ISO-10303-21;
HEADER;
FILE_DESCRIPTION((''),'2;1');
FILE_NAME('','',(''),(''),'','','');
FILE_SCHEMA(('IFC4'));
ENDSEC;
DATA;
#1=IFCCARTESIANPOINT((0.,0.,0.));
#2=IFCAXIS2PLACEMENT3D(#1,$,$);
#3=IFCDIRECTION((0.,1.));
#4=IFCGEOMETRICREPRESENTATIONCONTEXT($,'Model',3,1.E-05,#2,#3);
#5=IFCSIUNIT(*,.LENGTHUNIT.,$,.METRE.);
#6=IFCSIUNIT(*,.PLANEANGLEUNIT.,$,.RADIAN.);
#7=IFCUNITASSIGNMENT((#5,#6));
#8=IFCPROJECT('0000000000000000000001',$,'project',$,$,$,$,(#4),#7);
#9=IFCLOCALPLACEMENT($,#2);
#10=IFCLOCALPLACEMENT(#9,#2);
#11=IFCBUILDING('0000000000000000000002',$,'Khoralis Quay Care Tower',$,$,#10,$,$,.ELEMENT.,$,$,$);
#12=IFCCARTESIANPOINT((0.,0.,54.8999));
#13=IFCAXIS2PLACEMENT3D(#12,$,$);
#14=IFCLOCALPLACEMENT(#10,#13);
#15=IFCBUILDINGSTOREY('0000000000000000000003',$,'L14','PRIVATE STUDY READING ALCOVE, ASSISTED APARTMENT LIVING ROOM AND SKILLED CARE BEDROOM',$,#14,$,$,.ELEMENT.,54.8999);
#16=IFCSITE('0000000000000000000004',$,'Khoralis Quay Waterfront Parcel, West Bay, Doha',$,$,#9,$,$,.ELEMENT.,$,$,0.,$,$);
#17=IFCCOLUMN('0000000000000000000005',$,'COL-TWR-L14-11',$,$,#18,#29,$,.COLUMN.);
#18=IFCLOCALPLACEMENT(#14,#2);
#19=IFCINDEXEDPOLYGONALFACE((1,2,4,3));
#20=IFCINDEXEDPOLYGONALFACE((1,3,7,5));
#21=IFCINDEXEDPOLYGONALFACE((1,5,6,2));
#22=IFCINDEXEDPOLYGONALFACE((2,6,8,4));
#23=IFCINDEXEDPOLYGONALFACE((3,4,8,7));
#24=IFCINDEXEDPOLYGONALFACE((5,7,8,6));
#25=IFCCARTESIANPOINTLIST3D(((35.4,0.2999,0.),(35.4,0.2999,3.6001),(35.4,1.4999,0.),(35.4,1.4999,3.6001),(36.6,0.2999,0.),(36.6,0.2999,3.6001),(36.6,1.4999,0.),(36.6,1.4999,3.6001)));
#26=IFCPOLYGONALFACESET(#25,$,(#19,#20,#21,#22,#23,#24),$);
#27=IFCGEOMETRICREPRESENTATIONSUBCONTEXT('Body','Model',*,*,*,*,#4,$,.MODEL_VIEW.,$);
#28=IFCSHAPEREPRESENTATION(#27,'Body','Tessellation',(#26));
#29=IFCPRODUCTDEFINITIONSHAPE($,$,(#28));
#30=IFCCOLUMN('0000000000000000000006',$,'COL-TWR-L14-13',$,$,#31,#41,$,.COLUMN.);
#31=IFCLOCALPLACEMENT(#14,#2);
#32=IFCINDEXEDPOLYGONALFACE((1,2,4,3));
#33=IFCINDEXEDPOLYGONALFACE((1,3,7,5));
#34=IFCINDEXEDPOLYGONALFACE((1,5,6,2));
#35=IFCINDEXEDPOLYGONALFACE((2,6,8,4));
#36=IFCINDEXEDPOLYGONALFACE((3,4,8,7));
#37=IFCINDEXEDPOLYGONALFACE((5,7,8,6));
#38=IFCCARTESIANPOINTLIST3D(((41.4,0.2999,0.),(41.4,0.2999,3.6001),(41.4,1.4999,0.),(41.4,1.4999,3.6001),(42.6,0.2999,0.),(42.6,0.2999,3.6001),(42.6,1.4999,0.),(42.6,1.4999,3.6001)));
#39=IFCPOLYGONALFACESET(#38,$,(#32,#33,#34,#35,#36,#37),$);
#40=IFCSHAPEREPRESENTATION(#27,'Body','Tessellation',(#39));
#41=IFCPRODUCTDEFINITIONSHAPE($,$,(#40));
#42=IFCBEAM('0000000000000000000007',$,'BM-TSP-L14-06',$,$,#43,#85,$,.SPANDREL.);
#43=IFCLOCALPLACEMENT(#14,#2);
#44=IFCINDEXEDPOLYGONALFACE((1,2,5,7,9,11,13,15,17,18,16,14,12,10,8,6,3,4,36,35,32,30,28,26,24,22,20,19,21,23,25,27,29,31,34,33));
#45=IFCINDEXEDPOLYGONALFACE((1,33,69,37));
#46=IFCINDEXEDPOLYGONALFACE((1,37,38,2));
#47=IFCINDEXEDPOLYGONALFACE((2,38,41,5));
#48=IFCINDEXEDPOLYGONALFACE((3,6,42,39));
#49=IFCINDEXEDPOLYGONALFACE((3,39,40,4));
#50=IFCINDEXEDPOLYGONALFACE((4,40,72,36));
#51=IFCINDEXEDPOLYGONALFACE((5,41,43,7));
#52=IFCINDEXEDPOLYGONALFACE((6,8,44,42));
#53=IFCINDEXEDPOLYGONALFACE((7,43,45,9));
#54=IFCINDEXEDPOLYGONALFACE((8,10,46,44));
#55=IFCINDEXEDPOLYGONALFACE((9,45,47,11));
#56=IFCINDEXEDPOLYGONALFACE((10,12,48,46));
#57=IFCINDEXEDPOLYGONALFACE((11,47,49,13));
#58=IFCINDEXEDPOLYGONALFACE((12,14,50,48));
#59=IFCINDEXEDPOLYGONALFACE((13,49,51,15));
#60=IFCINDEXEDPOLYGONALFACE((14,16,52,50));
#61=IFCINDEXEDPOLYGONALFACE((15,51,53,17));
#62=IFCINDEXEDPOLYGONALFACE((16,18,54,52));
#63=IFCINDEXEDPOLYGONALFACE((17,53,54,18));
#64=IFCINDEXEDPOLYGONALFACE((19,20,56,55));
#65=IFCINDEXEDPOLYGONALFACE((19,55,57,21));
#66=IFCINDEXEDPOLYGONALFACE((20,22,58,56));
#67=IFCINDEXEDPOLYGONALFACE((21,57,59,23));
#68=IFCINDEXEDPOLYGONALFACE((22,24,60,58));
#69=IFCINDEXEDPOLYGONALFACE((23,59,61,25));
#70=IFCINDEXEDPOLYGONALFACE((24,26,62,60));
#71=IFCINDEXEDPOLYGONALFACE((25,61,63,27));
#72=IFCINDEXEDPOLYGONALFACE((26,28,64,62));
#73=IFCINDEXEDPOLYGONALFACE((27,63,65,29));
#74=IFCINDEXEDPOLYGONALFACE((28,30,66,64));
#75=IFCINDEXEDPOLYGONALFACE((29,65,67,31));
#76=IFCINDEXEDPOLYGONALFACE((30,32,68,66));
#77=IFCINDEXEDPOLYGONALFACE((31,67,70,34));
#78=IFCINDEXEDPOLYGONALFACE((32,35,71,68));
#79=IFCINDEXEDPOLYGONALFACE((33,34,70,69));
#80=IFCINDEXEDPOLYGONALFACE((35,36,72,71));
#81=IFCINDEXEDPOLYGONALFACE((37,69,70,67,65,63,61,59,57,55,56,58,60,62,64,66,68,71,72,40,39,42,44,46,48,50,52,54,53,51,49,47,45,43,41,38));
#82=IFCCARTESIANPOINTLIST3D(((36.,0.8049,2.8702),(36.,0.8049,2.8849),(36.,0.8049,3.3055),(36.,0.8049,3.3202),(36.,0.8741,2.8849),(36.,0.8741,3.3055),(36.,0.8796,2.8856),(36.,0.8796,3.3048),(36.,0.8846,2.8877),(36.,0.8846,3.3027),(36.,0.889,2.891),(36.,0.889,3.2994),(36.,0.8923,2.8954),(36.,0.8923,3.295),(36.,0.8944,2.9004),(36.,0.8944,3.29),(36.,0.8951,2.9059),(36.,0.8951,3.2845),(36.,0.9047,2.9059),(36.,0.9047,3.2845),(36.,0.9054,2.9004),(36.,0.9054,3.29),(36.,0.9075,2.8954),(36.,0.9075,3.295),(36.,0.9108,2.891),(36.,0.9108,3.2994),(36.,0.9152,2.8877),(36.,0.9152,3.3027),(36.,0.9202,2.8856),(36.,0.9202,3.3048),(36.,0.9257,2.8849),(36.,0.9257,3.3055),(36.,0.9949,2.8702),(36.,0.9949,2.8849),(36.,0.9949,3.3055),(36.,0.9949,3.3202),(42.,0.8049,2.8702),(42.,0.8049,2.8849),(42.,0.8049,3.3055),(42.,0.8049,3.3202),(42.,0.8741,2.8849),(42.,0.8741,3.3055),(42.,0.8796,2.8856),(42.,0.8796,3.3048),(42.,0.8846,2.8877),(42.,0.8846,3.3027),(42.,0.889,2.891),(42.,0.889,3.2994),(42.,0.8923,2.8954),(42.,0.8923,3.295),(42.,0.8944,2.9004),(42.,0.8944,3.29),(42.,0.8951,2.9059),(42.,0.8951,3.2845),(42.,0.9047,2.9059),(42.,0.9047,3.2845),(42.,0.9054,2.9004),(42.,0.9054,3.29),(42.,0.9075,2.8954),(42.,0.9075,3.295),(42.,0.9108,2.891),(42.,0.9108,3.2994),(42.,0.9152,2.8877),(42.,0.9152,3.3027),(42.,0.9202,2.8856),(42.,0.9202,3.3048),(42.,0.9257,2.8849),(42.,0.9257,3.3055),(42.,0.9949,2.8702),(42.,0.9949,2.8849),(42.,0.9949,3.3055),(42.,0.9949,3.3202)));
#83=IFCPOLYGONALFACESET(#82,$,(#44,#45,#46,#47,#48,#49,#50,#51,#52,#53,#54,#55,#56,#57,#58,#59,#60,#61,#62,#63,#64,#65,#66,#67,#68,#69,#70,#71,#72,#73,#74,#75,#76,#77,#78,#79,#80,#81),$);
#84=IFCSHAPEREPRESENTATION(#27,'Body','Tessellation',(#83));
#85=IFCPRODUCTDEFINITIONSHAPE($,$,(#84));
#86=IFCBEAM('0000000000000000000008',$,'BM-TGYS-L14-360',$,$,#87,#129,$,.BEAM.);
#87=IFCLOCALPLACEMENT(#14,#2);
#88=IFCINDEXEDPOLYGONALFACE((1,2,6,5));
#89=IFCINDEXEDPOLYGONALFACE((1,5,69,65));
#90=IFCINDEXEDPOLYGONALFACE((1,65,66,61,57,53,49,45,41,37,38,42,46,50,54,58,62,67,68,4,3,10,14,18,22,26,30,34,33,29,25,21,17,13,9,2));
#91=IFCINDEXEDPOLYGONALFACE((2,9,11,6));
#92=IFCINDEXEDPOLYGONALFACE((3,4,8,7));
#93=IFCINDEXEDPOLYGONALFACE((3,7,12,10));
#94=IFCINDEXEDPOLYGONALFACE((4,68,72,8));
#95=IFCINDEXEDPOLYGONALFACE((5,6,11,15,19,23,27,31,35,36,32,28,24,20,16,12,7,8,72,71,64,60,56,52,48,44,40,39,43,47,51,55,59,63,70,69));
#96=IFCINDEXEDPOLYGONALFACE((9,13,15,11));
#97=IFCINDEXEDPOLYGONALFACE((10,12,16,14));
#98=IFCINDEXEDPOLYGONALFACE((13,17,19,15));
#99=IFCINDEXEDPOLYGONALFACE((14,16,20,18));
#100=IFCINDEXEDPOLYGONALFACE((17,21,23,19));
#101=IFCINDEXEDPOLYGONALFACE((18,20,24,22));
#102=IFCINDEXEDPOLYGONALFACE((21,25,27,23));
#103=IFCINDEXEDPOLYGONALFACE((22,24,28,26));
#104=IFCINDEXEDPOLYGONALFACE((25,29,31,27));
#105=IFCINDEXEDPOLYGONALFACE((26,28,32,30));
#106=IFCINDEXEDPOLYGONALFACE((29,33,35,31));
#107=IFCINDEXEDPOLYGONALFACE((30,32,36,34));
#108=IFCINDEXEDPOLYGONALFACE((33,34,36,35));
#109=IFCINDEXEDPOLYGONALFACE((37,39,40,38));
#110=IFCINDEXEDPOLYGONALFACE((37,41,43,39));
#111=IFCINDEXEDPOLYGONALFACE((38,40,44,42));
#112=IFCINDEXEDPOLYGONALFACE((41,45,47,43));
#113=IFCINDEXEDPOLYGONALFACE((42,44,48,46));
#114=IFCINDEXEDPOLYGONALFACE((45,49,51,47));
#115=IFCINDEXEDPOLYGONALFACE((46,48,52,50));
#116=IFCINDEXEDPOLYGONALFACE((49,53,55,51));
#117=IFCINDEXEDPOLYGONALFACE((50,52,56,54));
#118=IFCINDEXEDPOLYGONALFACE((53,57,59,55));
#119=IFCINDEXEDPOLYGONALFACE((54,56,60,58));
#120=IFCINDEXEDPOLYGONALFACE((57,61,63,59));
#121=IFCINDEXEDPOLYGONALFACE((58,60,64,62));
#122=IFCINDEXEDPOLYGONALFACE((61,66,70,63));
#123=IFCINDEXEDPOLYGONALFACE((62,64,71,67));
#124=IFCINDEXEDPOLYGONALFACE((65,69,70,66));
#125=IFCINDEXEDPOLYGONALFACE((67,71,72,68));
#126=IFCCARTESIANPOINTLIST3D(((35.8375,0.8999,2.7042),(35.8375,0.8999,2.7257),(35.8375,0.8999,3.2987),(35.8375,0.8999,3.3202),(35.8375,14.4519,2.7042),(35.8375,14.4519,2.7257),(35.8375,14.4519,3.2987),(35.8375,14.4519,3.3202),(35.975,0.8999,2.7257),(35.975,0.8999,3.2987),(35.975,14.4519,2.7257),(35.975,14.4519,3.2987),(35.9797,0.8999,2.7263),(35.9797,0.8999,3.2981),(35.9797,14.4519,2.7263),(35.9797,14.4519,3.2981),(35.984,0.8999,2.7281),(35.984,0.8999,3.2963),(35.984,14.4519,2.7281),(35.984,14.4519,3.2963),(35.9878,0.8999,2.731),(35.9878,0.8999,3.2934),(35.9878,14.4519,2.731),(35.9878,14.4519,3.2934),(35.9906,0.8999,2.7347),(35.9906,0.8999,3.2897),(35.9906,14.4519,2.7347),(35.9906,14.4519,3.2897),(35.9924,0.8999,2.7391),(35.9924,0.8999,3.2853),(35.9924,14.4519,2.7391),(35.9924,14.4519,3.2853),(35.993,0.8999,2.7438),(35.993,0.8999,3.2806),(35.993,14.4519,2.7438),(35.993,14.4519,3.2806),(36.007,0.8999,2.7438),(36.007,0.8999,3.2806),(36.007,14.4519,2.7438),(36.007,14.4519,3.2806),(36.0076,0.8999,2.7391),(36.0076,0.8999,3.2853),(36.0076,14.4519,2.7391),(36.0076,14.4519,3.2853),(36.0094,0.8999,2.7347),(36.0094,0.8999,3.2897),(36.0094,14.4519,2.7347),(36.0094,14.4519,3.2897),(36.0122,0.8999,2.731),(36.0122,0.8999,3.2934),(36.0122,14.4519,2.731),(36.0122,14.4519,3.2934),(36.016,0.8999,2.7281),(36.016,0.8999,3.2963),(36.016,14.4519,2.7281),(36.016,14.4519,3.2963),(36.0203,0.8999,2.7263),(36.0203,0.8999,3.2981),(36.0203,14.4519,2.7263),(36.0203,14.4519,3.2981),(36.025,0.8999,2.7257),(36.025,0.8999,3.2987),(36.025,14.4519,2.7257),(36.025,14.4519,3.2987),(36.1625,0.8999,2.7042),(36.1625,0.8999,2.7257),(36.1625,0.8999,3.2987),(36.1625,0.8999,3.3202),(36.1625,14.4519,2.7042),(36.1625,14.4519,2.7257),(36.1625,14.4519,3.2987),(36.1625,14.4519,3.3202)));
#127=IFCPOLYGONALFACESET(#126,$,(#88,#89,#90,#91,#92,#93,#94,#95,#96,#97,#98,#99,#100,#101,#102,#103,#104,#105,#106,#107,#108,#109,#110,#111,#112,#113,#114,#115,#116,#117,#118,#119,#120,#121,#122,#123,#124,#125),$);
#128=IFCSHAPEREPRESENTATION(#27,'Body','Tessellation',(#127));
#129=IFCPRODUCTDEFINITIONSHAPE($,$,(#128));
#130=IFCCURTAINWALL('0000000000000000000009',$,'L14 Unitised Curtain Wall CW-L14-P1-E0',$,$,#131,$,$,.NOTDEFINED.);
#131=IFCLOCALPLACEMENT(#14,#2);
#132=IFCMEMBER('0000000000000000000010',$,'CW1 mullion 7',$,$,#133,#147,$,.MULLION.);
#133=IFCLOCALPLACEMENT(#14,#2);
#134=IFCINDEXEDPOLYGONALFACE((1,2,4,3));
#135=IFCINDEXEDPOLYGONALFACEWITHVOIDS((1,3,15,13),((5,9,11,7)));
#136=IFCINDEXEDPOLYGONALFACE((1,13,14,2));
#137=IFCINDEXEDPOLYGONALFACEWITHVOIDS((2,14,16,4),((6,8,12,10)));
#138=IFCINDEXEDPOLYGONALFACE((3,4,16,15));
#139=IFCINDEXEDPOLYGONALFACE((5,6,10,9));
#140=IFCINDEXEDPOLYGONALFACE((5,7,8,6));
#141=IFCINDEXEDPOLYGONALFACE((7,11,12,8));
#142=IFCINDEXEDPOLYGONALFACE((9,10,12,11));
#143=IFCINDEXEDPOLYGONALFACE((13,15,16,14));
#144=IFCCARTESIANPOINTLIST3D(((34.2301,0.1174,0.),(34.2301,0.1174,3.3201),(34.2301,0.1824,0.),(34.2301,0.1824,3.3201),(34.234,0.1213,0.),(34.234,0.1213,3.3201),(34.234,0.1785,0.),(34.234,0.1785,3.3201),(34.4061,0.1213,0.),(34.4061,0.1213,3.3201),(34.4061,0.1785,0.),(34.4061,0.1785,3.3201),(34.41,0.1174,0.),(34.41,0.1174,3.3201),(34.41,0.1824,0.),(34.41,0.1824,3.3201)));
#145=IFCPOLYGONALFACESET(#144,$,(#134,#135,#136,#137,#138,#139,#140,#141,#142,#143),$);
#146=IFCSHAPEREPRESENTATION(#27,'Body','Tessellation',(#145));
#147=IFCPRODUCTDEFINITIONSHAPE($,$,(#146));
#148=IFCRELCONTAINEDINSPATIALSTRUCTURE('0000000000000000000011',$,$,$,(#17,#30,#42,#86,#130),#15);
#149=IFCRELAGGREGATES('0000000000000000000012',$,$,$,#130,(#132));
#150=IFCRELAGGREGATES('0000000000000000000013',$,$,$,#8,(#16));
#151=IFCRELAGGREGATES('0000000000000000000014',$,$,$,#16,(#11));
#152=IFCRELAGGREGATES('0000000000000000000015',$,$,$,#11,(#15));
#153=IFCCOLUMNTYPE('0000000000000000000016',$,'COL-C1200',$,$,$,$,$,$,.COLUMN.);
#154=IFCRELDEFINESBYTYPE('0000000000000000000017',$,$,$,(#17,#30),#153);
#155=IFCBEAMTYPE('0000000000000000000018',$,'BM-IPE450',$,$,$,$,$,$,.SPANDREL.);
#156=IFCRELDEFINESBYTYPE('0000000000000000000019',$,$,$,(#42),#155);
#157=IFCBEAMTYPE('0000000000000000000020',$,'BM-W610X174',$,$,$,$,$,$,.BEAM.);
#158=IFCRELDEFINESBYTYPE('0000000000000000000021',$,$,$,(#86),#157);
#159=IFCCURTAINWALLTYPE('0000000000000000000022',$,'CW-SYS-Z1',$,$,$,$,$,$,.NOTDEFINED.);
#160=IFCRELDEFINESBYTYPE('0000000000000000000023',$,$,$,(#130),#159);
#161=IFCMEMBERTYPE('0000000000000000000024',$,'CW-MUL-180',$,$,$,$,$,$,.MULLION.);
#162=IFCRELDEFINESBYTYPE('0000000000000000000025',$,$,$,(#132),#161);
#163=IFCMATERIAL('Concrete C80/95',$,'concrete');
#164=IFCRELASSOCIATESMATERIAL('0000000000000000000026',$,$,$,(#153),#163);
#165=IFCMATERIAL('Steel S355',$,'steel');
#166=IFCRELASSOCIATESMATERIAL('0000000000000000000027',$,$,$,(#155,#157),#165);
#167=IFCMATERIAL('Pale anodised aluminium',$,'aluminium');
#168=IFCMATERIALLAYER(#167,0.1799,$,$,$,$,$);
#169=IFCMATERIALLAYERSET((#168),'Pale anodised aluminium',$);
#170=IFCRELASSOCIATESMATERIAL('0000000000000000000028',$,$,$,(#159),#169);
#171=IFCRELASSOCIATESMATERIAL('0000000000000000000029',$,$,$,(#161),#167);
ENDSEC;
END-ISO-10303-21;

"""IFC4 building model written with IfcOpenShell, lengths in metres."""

from ifc_helpers import new_model, si_unit, direction, frame, origin, origin_2d, place, context, subcontext, project, spatial, rectangle, hollow_rectangle, i_section, extrude, source, transform, mapped, material, layer, layer_set, material_profile, profile_set, type_object, element, aggregate, save


model = new_model("IFC4")

# Units and contexts
model_context = context("Model", 3, precision=1e-05, world=origin(), true_north=direction((0.0, 1.0)))
body_context = subcontext(model_context, "Body", "Model", "MODEL_VIEW")
ifc_project = project(units=[si_unit("LENGTHUNIT", "METRE"), si_unit("PLANEANGLEUNIT", "RADIAN")], contexts=[model_context])

# Site, building, storey
site_placement = place(None, origin())
site = spatial("IfcSite", under=ifc_project, at=site_placement, Name="Khoralis Quay Waterfront Parcel, West Bay, Doha", CompositionType="ELEMENT", RefElevation=0.0)
building_placement = place(site_placement, origin())
building = spatial("IfcBuilding", under=site, at=building_placement, Name="Khoralis Quay Care Tower", CompositionType="ELEMENT")
storey_placement = place(building_placement, frame((0.0, 0.0, 54.8999)))
storey = spatial("IfcBuildingStorey", under=building, at=storey_placement, Name="L14", Description="PRIVATE STUDY READING ALCOVE, ASSISTED APARTMENT LIVING ROOM AND SKILLED CARE BEDROOM", CompositionType="ELEMENT", Elevation=54.8999)

# Columns
ifc_material_1 = material(Name="Concrete C80/95", Category="concrete")
ifc_material_profile_1 = material_profile(ifc_material_1, rectangle(XDim=1.2, YDim=1.2, at=origin_2d()), Name="Concrete C80/95")
ifc_profile_set_1 = profile_set([ifc_material_profile_1], Name="Concrete C80/95")
column_type = type_object("IfcColumnType", Name="COL-C1200", PredefinedType="COLUMN", material=ifc_profile_set_1)
shared_shape_1 = source(origin(), body_context, "Body", "SweptSolid", [
    extrude(rectangle(XDim=1.2, YDim=1.2, at=origin_2d()), origin(), (0.0, 0.0, 1.0), 3.6001),
])
for number, where, z_axis, x_axis, name in (
    (1, (36.0, 0.8999, 0.0), (0.0, 0.0, 1.0), (1.0, 0.0, 0.0), "COL-TWR-L14-11"),
    (2, (42.0, 0.8999, 0.0), (0.0, 0.0, 1.0), (1.0, 0.0, 0.0), "COL-TWR-L14-13"),
):
    element("IfcColumn", number, at=place(storey_placement, frame(where, z_axis=z_axis, x_axis=x_axis)), inside=storey, type_object=column_type, Name=name, PredefinedType="COLUMN", context=body_context, shape_type="MappedRepresentation", body=[
        mapped(shared_shape_1, transform((0.0, 0.0, 0.0), scale=1.0)),
    ])

# Beams
ifc_material_2 = material(Name="Steel S355", Category="steel")
ifc_material_profile_2 = material_profile(ifc_material_2, i_section(OverallWidth=0.1899, OverallDepth=0.45, WebThickness=0.0095, FlangeThickness=0.0146, FilletRadius=0.021, at=origin_2d()), Name="Steel S355")
ifc_profile_set_2 = profile_set([ifc_material_profile_2], Name="Steel S355")
beam_type_1 = type_object("IfcBeamType", Name="BM-IPE450", PredefinedType="SPANDREL", material=ifc_profile_set_2)
shared_shape_2 = source(origin(), body_context, "Body", "SweptSolid", [
    extrude(i_section(OverallWidth=0.1899, OverallDepth=0.45, WebThickness=0.0095, FlangeThickness=0.0146, FilletRadius=0.021, at=origin_2d()), origin(), (0.0, 0.0, 1.0), 6.0),
])
beam_1_placement = place(storey_placement, frame((36.0, 0.8999, 3.0952), z_axis=(1.0, 0.0, 0.0), x_axis=(0.0, 1.0, 0.0)))
element("IfcBeam", 3, at=beam_1_placement, inside=storey, type_object=beam_type_1, Name="BM-TSP-L14-06", PredefinedType="SPANDREL", context=body_context, shape_type="MappedRepresentation", body=[
    mapped(shared_shape_2, transform((0.0, 0.0, 0.0), scale=1.0)),
])
ifc_material_profile_3 = material_profile(ifc_material_2, i_section(OverallWidth=0.325, OverallDepth=0.616, WebThickness=0.0139, FlangeThickness=0.0215, FilletRadius=0.0181, at=origin_2d()), Name="Steel S355")
ifc_profile_set_3 = profile_set([ifc_material_profile_3], Name="Steel S355")
beam_type_2 = type_object("IfcBeamType", Name="BM-W610X174", PredefinedType="BEAM", material=ifc_profile_set_3)
shared_shape_3 = source(origin(), body_context, "Body", "SweptSolid", [
    extrude(i_section(OverallWidth=0.325, OverallDepth=0.616, WebThickness=0.0139, FlangeThickness=0.0215, FilletRadius=0.0181, at=origin_2d()), origin(), (0.0, 0.0, 1.0), 13.552),
])
beam_2_placement = place(storey_placement, frame((36.0, 0.8999, 3.0122), z_axis=(0.0, 1.0, 0.0), x_axis=(-1.0, 0.0, 0.0)))
element("IfcBeam", 4, at=beam_2_placement, inside=storey, type_object=beam_type_2, Name="BM-TGYS-L14-360", PredefinedType="BEAM", context=body_context, shape_type="MappedRepresentation", body=[
    mapped(shared_shape_3, transform((0.0, 0.0, 0.0), scale=1.0)),
])

# Curtain wall, member
ifc_material_3 = material(Name="Pale anodised aluminium", Category="aluminium")
ifc_layer_1 = layer(ifc_material_3, 0.1799)
ifc_layer_set_1 = layer_set([ifc_layer_1], Name="Pale anodised aluminium")
curtain_wall_type = type_object("IfcCurtainWallType", Name="CW-SYS-Z1", PredefinedType="NOTDEFINED", material=ifc_layer_set_1)
curtain_wall_placement = place(storey_placement, origin())
curtain_wall = element("IfcCurtainWall", 5, at=curtain_wall_placement, inside=storey, type_object=curtain_wall_type, Name="L14 Unitised Curtain Wall CW-L14-P1-E0", PredefinedType="NOTDEFINED")
ifc_material_profile_4 = material_profile(ifc_material_3, hollow_rectangle(XDim=0.0649, YDim=0.1799, WallThickness=0.0039, at=origin_2d()), Name="Pale anodised aluminium")
ifc_profile_set_4 = profile_set([ifc_material_profile_4], Name="Pale anodised aluminium")
member_type = type_object("IfcMemberType", Name="CW-MUL-180", PredefinedType="MULLION", material=ifc_profile_set_4)
shared_shape_4 = source(origin(), body_context, "Body", "SweptSolid", [
    extrude(hollow_rectangle(XDim=0.0649, YDim=0.1799, WallThickness=0.0039, at=origin_2d()), origin(), (0.0, 0.0, 1.0), 3.3201),
])
member_placement = place(storey_placement, frame((34.3201, 0.1499, 0.0), z_axis=(0.0, 0.0, 1.0), x_axis=(0.0, 1.0, 0.0)))
member = element("IfcMember", 6, at=member_placement, type_object=member_type, Name="CW1 mullion 7", PredefinedType="MULLION", context=body_context, shape_type="MappedRepresentation", body=[
    mapped(shared_shape_4, transform((0.0, 0.0, 0.0), scale=1.0)),
])
aggregate(curtain_wall, [member])

save(model, "model.ifc")
